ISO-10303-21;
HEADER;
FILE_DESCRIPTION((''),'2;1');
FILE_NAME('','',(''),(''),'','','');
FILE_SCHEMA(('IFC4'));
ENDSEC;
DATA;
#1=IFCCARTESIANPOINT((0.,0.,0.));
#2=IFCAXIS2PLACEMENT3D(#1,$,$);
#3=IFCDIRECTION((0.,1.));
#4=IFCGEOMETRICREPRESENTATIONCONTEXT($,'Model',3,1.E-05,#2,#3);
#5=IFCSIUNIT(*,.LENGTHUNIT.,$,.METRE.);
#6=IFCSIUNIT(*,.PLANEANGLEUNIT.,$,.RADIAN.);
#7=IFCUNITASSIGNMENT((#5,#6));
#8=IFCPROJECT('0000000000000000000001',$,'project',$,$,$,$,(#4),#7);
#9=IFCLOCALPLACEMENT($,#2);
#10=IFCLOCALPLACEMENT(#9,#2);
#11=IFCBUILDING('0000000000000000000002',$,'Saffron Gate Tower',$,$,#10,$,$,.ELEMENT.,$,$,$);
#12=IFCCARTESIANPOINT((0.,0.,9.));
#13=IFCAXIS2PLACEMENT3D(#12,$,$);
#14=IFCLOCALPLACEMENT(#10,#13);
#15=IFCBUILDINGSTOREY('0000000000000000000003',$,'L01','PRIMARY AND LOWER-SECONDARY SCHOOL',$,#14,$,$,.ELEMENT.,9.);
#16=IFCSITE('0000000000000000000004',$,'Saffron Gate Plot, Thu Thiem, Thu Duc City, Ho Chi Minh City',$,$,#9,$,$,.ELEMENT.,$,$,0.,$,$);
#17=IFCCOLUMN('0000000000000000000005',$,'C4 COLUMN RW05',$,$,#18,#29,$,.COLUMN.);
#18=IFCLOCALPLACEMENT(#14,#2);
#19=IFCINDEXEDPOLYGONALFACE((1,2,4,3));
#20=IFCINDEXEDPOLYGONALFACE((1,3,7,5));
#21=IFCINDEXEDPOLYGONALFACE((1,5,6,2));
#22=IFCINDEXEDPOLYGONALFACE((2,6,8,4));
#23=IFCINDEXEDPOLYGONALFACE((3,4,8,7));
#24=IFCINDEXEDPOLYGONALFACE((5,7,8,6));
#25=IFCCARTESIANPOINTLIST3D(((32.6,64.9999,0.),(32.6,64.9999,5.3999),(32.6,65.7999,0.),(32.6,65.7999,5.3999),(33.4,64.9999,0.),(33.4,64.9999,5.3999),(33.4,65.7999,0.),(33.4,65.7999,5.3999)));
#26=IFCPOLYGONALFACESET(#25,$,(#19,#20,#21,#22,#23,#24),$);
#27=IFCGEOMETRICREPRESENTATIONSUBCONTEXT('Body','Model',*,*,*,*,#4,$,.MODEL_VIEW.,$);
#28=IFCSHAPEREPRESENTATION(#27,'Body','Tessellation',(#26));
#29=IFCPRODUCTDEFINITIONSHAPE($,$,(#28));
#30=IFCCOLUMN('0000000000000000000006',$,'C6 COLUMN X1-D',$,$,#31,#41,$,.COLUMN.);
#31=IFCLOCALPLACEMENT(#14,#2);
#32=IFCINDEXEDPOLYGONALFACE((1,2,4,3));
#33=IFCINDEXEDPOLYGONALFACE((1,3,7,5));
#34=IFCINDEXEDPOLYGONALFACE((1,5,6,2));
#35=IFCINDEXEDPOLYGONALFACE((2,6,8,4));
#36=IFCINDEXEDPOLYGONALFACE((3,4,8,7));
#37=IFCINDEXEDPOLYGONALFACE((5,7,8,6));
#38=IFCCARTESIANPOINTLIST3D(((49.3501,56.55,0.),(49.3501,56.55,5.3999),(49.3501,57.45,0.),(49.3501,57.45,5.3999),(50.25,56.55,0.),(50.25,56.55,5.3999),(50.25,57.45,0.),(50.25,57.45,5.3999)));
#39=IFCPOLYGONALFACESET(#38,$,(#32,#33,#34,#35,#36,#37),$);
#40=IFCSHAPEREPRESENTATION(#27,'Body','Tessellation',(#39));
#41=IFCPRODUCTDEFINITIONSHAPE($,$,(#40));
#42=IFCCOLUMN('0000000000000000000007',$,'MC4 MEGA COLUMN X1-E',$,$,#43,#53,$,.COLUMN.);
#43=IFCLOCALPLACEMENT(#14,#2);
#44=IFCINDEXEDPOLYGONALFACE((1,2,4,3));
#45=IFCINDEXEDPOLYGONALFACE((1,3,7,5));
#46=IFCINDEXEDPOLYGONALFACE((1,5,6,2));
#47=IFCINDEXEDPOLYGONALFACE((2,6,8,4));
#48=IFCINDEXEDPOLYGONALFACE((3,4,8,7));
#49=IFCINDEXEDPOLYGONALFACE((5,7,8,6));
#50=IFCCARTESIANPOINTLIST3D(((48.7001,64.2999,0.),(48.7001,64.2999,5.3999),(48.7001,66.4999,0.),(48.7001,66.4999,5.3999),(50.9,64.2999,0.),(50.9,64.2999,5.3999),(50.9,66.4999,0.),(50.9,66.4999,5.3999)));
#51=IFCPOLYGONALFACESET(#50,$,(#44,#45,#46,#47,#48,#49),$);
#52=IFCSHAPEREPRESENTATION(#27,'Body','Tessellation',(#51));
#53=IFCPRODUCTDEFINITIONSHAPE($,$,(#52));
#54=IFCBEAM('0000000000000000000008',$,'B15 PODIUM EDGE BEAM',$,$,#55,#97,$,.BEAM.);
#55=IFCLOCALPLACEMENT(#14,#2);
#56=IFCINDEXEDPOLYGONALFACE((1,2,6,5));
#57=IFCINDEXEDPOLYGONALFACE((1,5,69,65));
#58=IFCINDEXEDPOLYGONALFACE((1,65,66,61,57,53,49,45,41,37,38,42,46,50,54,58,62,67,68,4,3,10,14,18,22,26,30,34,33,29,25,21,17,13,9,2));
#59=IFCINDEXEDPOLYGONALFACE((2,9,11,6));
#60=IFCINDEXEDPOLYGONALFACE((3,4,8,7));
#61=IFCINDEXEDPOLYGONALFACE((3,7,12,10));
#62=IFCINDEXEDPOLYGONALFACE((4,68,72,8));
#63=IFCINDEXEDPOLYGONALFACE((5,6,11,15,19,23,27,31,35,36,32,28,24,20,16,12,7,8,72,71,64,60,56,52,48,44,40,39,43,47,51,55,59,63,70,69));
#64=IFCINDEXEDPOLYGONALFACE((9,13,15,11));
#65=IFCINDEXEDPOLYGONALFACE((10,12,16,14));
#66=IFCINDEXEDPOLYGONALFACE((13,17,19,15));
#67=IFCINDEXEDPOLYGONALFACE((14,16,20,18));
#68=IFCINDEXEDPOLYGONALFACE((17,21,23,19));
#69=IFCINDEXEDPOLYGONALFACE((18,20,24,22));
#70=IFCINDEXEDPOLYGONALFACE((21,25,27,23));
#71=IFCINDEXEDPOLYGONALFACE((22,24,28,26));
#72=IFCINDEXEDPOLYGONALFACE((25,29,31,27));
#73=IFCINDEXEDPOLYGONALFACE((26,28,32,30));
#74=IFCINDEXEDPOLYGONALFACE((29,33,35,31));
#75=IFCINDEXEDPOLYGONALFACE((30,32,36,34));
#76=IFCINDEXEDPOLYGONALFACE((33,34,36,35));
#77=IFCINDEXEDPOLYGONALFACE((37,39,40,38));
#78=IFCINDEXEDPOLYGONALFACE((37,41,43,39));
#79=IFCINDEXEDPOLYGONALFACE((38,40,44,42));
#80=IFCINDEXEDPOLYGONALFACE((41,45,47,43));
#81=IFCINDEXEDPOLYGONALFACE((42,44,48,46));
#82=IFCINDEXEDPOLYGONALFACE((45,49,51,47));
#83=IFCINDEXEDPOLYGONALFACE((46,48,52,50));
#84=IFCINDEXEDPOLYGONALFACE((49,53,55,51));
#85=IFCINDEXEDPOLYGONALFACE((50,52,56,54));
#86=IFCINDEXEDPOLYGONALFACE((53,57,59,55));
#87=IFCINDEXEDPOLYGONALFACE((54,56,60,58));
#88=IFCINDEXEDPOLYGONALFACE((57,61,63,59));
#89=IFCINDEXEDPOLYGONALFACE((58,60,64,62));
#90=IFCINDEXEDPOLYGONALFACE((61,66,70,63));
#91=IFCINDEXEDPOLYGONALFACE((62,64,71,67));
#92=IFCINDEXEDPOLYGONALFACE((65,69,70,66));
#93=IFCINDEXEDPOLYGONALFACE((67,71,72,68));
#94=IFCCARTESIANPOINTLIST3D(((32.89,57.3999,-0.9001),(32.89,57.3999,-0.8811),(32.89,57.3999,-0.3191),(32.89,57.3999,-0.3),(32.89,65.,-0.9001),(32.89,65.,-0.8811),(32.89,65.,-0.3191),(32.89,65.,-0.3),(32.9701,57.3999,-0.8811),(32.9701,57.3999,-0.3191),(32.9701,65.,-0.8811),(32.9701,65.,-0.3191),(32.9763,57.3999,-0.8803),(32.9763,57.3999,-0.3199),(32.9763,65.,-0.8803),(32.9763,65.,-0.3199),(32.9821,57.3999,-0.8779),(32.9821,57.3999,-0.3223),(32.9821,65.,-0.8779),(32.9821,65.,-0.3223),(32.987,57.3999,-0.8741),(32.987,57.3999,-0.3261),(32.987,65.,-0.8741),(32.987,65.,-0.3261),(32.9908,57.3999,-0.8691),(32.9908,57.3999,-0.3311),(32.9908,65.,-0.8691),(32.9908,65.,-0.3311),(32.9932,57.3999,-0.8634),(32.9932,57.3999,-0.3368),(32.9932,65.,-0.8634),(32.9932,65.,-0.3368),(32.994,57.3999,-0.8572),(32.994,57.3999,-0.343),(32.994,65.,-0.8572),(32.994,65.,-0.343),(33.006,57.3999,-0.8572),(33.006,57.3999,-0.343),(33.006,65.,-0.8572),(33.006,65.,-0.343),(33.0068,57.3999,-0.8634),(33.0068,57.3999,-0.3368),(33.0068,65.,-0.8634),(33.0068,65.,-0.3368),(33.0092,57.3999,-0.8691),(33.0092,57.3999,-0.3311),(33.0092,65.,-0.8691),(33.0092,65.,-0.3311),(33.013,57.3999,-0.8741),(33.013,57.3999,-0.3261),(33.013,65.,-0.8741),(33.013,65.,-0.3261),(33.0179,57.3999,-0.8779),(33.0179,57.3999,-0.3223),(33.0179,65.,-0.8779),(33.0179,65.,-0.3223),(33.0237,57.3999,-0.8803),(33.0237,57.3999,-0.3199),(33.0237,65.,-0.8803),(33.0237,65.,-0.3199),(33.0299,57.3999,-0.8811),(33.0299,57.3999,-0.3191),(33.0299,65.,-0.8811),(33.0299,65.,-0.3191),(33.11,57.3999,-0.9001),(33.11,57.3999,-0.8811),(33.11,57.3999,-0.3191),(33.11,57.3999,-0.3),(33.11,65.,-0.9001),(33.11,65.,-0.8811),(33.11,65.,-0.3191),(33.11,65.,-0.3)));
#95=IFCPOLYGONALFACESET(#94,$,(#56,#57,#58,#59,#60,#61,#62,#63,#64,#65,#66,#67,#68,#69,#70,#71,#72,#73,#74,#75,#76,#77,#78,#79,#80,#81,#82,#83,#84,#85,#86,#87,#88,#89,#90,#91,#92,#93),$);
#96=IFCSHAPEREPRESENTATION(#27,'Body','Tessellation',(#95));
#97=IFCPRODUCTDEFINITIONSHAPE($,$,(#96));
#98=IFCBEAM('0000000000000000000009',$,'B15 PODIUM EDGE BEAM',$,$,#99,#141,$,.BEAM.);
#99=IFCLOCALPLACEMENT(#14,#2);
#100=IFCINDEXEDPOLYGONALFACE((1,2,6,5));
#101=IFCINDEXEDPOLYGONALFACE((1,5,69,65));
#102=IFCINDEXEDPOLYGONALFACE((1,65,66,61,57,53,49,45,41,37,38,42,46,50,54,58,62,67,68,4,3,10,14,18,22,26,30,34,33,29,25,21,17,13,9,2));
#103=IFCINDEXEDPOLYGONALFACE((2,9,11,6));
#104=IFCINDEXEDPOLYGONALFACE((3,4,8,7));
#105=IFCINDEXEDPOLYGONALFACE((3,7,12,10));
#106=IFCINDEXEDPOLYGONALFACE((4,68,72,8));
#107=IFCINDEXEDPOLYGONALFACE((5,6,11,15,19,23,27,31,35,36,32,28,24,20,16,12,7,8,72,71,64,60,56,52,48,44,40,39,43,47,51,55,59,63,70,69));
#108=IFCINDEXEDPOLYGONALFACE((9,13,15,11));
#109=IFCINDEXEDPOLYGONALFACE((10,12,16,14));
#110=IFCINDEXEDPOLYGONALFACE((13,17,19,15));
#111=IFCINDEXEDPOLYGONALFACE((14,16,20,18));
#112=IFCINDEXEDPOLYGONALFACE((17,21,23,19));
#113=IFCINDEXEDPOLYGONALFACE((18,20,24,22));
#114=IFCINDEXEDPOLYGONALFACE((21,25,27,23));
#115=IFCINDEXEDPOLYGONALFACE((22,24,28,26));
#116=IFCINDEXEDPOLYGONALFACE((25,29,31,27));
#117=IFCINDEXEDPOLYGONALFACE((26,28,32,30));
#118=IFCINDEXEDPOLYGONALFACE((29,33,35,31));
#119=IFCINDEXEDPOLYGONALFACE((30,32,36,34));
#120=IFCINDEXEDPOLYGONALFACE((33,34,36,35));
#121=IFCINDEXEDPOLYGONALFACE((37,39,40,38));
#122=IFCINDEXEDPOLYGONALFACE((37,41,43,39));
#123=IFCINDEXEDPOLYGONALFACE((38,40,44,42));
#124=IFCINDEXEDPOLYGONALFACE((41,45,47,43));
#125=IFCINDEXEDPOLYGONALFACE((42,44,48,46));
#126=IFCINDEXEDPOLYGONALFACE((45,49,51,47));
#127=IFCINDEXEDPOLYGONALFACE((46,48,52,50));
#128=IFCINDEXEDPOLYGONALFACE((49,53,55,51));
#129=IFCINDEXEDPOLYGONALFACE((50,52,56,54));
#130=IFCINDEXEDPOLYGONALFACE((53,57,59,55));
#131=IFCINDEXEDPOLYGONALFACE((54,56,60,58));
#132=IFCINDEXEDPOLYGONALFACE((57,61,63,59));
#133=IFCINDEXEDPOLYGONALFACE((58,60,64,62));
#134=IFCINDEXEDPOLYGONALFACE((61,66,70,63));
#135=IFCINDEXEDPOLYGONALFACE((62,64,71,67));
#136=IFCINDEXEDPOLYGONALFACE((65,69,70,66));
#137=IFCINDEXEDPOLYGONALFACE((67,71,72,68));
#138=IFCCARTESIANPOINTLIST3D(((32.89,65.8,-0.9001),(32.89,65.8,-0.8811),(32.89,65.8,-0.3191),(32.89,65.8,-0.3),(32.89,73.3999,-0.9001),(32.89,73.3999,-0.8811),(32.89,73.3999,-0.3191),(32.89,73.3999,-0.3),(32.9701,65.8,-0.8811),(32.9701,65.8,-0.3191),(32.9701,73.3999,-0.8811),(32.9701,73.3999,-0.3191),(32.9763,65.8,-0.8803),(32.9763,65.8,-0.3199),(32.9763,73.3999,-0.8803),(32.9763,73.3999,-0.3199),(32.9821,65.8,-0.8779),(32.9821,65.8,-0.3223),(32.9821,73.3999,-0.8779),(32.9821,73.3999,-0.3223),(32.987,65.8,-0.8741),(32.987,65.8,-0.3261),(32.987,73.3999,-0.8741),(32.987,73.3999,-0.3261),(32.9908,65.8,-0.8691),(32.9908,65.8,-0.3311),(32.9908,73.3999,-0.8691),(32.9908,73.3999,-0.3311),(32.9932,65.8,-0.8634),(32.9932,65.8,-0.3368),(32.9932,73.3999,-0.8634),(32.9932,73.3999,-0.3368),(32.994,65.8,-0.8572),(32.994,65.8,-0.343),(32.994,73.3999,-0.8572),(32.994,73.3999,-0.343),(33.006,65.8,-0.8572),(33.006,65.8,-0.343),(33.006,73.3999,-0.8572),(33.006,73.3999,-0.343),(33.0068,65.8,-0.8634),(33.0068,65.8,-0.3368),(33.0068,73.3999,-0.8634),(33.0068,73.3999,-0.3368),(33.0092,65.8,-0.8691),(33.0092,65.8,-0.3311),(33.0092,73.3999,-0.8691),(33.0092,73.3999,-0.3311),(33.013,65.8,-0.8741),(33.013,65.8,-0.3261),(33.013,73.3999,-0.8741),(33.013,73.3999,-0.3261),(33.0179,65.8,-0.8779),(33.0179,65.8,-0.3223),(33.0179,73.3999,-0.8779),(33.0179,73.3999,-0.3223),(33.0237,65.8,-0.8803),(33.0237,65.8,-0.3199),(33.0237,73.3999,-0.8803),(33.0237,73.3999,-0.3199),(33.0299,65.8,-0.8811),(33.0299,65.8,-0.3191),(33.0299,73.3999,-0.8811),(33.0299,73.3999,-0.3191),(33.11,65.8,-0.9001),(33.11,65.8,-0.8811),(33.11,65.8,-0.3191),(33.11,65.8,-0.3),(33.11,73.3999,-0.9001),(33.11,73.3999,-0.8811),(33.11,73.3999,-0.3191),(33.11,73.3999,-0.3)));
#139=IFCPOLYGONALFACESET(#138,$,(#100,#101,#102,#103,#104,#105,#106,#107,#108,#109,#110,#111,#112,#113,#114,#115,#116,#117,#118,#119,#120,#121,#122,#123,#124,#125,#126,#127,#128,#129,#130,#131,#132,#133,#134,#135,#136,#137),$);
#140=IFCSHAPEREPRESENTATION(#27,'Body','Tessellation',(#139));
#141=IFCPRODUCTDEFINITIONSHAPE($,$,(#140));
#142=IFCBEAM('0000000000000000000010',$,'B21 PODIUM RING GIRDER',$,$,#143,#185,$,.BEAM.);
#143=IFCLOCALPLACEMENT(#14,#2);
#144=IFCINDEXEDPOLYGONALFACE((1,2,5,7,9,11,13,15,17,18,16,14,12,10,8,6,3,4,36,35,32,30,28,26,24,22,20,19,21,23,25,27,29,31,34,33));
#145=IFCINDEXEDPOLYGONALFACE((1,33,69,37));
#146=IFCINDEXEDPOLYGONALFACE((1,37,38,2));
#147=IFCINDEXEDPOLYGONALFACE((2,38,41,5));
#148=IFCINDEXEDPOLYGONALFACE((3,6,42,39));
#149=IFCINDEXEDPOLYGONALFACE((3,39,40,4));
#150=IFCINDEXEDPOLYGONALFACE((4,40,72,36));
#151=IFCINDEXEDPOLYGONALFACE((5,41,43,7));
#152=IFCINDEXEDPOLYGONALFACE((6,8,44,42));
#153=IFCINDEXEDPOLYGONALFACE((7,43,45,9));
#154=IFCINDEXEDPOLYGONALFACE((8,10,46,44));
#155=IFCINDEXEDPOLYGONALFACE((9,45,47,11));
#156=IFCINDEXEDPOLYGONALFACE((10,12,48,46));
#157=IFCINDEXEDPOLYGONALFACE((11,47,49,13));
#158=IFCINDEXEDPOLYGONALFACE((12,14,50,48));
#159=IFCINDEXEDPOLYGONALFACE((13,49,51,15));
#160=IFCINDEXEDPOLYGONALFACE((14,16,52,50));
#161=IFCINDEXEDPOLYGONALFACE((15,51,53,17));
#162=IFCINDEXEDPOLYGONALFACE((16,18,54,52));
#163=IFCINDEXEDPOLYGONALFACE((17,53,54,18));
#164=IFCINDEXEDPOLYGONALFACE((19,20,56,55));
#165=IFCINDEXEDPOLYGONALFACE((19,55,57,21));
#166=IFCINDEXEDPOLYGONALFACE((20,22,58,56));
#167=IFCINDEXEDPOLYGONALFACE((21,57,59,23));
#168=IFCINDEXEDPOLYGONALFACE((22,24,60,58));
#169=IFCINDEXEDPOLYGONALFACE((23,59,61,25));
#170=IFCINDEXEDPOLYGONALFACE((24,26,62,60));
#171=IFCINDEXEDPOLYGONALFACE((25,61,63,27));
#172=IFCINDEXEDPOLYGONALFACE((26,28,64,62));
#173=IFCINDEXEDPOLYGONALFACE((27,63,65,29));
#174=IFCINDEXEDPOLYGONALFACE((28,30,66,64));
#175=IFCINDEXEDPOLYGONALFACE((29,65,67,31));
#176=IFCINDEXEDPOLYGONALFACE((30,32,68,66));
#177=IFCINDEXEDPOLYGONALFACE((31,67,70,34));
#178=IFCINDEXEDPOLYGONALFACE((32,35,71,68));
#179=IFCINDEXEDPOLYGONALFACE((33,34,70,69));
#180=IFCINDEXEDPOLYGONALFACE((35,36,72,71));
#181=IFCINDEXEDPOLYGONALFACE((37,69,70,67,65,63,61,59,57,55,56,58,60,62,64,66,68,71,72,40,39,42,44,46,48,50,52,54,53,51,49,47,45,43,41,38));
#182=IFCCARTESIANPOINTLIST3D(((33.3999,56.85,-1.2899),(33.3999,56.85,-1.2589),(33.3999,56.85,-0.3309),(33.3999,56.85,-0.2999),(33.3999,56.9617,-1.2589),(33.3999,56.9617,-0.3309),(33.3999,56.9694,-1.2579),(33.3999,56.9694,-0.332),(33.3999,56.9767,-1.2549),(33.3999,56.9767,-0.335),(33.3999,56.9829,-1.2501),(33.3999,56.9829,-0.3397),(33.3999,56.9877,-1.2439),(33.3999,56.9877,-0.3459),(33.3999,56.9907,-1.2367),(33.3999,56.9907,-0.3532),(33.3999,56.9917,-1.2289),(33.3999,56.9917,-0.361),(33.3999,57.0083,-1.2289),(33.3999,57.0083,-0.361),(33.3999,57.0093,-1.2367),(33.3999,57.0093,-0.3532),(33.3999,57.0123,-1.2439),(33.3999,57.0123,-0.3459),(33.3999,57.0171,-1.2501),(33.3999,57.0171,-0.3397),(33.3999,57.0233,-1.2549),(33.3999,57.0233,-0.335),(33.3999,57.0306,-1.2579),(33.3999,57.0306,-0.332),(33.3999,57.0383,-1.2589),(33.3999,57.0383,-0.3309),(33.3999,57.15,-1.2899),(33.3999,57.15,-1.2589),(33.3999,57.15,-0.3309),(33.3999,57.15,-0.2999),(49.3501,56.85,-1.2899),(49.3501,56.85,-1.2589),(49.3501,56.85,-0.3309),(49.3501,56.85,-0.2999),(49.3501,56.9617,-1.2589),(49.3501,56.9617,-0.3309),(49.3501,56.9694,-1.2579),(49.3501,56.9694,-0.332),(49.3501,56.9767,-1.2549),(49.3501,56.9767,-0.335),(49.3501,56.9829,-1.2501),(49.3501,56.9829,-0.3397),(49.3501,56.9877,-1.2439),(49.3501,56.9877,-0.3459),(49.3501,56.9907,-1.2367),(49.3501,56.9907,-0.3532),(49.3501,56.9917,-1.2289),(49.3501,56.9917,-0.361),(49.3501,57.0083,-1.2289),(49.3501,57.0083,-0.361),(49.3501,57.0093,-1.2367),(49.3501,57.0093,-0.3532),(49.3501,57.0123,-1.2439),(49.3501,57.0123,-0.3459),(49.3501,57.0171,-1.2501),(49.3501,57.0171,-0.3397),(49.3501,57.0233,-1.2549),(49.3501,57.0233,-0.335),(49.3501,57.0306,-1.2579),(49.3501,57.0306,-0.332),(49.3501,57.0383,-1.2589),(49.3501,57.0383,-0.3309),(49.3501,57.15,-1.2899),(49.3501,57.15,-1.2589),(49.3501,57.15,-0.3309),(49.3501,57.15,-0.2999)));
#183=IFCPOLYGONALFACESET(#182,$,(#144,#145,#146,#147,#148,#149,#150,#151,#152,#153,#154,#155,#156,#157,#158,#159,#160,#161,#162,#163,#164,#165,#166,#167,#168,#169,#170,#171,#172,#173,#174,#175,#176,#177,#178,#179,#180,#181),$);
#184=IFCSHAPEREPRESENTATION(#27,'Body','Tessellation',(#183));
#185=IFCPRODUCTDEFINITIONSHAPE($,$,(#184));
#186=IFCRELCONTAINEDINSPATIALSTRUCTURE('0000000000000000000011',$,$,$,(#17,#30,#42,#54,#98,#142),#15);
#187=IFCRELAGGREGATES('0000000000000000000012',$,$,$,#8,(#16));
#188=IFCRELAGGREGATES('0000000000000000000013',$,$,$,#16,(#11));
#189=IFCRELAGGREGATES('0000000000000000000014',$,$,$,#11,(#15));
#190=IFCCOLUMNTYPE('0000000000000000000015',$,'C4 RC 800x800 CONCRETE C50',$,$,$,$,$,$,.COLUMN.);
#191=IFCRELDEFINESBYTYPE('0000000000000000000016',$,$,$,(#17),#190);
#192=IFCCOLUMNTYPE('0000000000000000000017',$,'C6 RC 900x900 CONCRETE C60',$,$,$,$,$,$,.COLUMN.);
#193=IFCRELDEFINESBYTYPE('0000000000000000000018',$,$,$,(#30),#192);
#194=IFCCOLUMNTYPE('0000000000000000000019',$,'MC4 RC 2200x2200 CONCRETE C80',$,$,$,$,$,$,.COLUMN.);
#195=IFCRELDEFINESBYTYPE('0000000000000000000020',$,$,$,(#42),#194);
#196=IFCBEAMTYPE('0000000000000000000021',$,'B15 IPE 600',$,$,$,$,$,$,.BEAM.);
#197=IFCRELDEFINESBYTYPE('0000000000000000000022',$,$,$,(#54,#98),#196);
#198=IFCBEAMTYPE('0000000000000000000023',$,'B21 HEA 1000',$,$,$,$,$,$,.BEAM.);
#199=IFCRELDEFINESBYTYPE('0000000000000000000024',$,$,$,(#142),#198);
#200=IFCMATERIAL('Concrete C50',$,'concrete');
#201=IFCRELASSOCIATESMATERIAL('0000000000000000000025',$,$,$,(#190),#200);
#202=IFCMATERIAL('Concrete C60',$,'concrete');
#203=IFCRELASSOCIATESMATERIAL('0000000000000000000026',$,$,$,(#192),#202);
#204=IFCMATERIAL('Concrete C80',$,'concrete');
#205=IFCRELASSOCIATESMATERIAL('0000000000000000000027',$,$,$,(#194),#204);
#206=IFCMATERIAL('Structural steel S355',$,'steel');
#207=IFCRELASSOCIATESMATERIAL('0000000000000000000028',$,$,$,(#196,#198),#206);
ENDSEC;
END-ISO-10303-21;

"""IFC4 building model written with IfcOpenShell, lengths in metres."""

from ifc_helpers import new_model, si_unit, direction, frame, origin, origin_2d, place, context, subcontext, project, spatial, rectangle, i_section, extrude, material, material_profile, profile_set, type_object, element, save


model = new_model("IFC4")

# Units and contexts
model_context = context("Model", 3, precision=1e-05, world=origin(), true_north=direction((0.0, 1.0)))
body_context = subcontext(model_context, "Body", "Model", "MODEL_VIEW")
ifc_project = project(units=[si_unit("LENGTHUNIT", "METRE"), si_unit("PLANEANGLEUNIT", "RADIAN")], contexts=[model_context])

# Site, building, storey
site_placement = place(None, origin())
site = spatial("IfcSite", under=ifc_project, at=site_placement, Name="Saffron Gate Plot, Thu Thiem, Thu Duc City, Ho Chi Minh City", CompositionType="ELEMENT", RefElevation=0.0)
building_placement = place(site_placement, origin())
building = spatial("IfcBuilding", under=site, at=building_placement, Name="Saffron Gate Tower", CompositionType="ELEMENT")
storey_placement = place(building_placement, frame((0.0, 0.0, 9.0)))
storey = spatial("IfcBuildingStorey", under=building, at=storey_placement, Name="L01", Description="PRIMARY AND LOWER-SECONDARY SCHOOL", CompositionType="ELEMENT", Elevation=9.0)

# Columns
ifc_material_1 = material(Name="Concrete C50", Category="concrete")
ifc_material_profile_1 = material_profile(ifc_material_1, rectangle(XDim=0.8, YDim=0.8, at=origin_2d()))
ifc_profile_set_1 = profile_set([ifc_material_profile_1], Name="Concrete C50")
column_type_1 = type_object("IfcColumnType", Name="C4 RC 800x800 CONCRETE C50", PredefinedType="COLUMN", material=ifc_profile_set_1)
column_1_placement = place(storey_placement, frame((33.0, 65.3999, 0.0), z_axis=(0.0, 0.0, 1.0), x_axis=(1.0, 0.0, 0.0)))
element("IfcColumn", 1, at=column_1_placement, inside=storey, type_object=column_type_1, Name="C4 COLUMN RW05", PredefinedType="COLUMN", context=body_context, shape_type="SweptSolid", body=[
    extrude(rectangle(XDim=0.8, YDim=0.8, at=origin_2d()), origin(), (0.0, 0.0, 1.0), 5.3999),
])
ifc_material_2 = material(Name="Concrete C60", Category="concrete")
ifc_material_profile_2 = material_profile(ifc_material_2, rectangle(XDim=0.8999, YDim=0.8999, at=origin_2d()))
ifc_profile_set_2 = profile_set([ifc_material_profile_2], Name="Concrete C60")
column_type_2 = type_object("IfcColumnType", Name="C6 RC 900x900 CONCRETE C60", PredefinedType="COLUMN", material=ifc_profile_set_2)
column_2_placement = place(storey_placement, frame((49.8, 57.0, 0.0), z_axis=(0.0, 0.0, 1.0), x_axis=(1.0, 0.0, 0.0)))
element("IfcColumn", 2, at=column_2_placement, inside=storey, type_object=column_type_2, Name="C6 COLUMN X1-D", PredefinedType="COLUMN", context=body_context, shape_type="SweptSolid", body=[
    extrude(rectangle(XDim=0.8999, YDim=0.8999, at=origin_2d()), origin(), (0.0, 0.0, 1.0), 5.3999),
])
ifc_material_3 = material(Name="Concrete C80", Category="concrete")
ifc_material_profile_3 = material_profile(ifc_material_3, rectangle(XDim=2.2, YDim=2.2, at=origin_2d()))
ifc_profile_set_3 = profile_set([ifc_material_profile_3], Name="Concrete C80")
column_type_3 = type_object("IfcColumnType", Name="MC4 RC 2200x2200 CONCRETE C80", PredefinedType="COLUMN", material=ifc_profile_set_3)
column_3_placement = place(storey_placement, frame((49.8, 65.3999, 0.0), z_axis=(0.0, 0.0, 1.0), x_axis=(1.0, 0.0, 0.0)))
element("IfcColumn", 3, at=column_3_placement, inside=storey, type_object=column_type_3, Name="MC4 MEGA COLUMN X1-E", PredefinedType="COLUMN", context=body_context, shape_type="SweptSolid", body=[
    extrude(rectangle(XDim=2.2, YDim=2.2, at=origin_2d()), origin(), (0.0, 0.0, 1.0), 5.3999),
])

# Beams
ifc_material_4 = material(Name="Structural steel S355", Category="steel")
ifc_material_profile_4 = material_profile(ifc_material_4, i_section(OverallWidth=0.22, OverallDepth=0.6001, WebThickness=0.012, FlangeThickness=0.019, FilletRadius=0.0239, at=origin_2d()))
ifc_profile_set_4 = profile_set([ifc_material_profile_4], Name="Structural steel S355")
beam_type_1 = type_object("IfcBeamType", Name="B15 IPE 600", PredefinedType="BEAM", material=ifc_profile_set_4)
beam_1_placement = place(storey_placement, frame((33.0, 57.3999, -0.6001), z_axis=(0.0, 1.0, 0.0), x_axis=(-1.0, 0.0, 0.0)))
element("IfcBeam", 4, at=beam_1_placement, inside=storey, type_object=beam_type_1, Name="B15 PODIUM EDGE BEAM", PredefinedType="BEAM", context=body_context, shape_type="SweptSolid", body=[
    extrude(i_section(OverallWidth=0.22, OverallDepth=0.6001, WebThickness=0.012, FlangeThickness=0.019, FilletRadius=0.0239, at=origin_2d()), origin(), (0.0, 0.0, 1.0), 7.6001),
])
beam_2_placement = place(storey_placement, frame((33.0, 65.8, -0.6001), z_axis=(0.0, 1.0, 0.0), x_axis=(-1.0, 0.0, 0.0)))
element("IfcBeam", 5, at=beam_2_placement, inside=storey, type_object=beam_type_1, Name="B15 PODIUM EDGE BEAM", PredefinedType="BEAM", context=body_context, shape_type="SweptSolid", body=[
    extrude(i_section(OverallWidth=0.22, OverallDepth=0.6001, WebThickness=0.012, FlangeThickness=0.019, FilletRadius=0.0239, at=origin_2d()), origin(), (0.0, 0.0, 1.0), 7.5999),
])
ifc_material_profile_5 = material_profile(ifc_material_4, i_section(OverallWidth=0.3, OverallDepth=0.99, WebThickness=0.0166, FlangeThickness=0.031, FilletRadius=0.03, at=origin_2d()))
ifc_profile_set_5 = profile_set([ifc_material_profile_5], Name="Structural steel S355")
beam_type_2 = type_object("IfcBeamType", Name="B21 HEA 1000", PredefinedType="BEAM", material=ifc_profile_set_5)
beam_3_placement = place(storey_placement, frame((33.3999, 57.0, -0.7949), z_axis=(1.0, 0.0, 0.0), x_axis=(0.0, 1.0, 0.0)))
element("IfcBeam", 6, at=beam_3_placement, inside=storey, type_object=beam_type_2, Name="B21 PODIUM RING GIRDER", PredefinedType="BEAM", context=body_context, shape_type="SweptSolid", body=[
    extrude(i_section(OverallWidth=0.3, OverallDepth=0.99, WebThickness=0.0166, FlangeThickness=0.031, FilletRadius=0.03, at=origin_2d()), origin(), (0.0, 0.0, 1.0), 15.9502),
])

save(model, "model.ifc")
